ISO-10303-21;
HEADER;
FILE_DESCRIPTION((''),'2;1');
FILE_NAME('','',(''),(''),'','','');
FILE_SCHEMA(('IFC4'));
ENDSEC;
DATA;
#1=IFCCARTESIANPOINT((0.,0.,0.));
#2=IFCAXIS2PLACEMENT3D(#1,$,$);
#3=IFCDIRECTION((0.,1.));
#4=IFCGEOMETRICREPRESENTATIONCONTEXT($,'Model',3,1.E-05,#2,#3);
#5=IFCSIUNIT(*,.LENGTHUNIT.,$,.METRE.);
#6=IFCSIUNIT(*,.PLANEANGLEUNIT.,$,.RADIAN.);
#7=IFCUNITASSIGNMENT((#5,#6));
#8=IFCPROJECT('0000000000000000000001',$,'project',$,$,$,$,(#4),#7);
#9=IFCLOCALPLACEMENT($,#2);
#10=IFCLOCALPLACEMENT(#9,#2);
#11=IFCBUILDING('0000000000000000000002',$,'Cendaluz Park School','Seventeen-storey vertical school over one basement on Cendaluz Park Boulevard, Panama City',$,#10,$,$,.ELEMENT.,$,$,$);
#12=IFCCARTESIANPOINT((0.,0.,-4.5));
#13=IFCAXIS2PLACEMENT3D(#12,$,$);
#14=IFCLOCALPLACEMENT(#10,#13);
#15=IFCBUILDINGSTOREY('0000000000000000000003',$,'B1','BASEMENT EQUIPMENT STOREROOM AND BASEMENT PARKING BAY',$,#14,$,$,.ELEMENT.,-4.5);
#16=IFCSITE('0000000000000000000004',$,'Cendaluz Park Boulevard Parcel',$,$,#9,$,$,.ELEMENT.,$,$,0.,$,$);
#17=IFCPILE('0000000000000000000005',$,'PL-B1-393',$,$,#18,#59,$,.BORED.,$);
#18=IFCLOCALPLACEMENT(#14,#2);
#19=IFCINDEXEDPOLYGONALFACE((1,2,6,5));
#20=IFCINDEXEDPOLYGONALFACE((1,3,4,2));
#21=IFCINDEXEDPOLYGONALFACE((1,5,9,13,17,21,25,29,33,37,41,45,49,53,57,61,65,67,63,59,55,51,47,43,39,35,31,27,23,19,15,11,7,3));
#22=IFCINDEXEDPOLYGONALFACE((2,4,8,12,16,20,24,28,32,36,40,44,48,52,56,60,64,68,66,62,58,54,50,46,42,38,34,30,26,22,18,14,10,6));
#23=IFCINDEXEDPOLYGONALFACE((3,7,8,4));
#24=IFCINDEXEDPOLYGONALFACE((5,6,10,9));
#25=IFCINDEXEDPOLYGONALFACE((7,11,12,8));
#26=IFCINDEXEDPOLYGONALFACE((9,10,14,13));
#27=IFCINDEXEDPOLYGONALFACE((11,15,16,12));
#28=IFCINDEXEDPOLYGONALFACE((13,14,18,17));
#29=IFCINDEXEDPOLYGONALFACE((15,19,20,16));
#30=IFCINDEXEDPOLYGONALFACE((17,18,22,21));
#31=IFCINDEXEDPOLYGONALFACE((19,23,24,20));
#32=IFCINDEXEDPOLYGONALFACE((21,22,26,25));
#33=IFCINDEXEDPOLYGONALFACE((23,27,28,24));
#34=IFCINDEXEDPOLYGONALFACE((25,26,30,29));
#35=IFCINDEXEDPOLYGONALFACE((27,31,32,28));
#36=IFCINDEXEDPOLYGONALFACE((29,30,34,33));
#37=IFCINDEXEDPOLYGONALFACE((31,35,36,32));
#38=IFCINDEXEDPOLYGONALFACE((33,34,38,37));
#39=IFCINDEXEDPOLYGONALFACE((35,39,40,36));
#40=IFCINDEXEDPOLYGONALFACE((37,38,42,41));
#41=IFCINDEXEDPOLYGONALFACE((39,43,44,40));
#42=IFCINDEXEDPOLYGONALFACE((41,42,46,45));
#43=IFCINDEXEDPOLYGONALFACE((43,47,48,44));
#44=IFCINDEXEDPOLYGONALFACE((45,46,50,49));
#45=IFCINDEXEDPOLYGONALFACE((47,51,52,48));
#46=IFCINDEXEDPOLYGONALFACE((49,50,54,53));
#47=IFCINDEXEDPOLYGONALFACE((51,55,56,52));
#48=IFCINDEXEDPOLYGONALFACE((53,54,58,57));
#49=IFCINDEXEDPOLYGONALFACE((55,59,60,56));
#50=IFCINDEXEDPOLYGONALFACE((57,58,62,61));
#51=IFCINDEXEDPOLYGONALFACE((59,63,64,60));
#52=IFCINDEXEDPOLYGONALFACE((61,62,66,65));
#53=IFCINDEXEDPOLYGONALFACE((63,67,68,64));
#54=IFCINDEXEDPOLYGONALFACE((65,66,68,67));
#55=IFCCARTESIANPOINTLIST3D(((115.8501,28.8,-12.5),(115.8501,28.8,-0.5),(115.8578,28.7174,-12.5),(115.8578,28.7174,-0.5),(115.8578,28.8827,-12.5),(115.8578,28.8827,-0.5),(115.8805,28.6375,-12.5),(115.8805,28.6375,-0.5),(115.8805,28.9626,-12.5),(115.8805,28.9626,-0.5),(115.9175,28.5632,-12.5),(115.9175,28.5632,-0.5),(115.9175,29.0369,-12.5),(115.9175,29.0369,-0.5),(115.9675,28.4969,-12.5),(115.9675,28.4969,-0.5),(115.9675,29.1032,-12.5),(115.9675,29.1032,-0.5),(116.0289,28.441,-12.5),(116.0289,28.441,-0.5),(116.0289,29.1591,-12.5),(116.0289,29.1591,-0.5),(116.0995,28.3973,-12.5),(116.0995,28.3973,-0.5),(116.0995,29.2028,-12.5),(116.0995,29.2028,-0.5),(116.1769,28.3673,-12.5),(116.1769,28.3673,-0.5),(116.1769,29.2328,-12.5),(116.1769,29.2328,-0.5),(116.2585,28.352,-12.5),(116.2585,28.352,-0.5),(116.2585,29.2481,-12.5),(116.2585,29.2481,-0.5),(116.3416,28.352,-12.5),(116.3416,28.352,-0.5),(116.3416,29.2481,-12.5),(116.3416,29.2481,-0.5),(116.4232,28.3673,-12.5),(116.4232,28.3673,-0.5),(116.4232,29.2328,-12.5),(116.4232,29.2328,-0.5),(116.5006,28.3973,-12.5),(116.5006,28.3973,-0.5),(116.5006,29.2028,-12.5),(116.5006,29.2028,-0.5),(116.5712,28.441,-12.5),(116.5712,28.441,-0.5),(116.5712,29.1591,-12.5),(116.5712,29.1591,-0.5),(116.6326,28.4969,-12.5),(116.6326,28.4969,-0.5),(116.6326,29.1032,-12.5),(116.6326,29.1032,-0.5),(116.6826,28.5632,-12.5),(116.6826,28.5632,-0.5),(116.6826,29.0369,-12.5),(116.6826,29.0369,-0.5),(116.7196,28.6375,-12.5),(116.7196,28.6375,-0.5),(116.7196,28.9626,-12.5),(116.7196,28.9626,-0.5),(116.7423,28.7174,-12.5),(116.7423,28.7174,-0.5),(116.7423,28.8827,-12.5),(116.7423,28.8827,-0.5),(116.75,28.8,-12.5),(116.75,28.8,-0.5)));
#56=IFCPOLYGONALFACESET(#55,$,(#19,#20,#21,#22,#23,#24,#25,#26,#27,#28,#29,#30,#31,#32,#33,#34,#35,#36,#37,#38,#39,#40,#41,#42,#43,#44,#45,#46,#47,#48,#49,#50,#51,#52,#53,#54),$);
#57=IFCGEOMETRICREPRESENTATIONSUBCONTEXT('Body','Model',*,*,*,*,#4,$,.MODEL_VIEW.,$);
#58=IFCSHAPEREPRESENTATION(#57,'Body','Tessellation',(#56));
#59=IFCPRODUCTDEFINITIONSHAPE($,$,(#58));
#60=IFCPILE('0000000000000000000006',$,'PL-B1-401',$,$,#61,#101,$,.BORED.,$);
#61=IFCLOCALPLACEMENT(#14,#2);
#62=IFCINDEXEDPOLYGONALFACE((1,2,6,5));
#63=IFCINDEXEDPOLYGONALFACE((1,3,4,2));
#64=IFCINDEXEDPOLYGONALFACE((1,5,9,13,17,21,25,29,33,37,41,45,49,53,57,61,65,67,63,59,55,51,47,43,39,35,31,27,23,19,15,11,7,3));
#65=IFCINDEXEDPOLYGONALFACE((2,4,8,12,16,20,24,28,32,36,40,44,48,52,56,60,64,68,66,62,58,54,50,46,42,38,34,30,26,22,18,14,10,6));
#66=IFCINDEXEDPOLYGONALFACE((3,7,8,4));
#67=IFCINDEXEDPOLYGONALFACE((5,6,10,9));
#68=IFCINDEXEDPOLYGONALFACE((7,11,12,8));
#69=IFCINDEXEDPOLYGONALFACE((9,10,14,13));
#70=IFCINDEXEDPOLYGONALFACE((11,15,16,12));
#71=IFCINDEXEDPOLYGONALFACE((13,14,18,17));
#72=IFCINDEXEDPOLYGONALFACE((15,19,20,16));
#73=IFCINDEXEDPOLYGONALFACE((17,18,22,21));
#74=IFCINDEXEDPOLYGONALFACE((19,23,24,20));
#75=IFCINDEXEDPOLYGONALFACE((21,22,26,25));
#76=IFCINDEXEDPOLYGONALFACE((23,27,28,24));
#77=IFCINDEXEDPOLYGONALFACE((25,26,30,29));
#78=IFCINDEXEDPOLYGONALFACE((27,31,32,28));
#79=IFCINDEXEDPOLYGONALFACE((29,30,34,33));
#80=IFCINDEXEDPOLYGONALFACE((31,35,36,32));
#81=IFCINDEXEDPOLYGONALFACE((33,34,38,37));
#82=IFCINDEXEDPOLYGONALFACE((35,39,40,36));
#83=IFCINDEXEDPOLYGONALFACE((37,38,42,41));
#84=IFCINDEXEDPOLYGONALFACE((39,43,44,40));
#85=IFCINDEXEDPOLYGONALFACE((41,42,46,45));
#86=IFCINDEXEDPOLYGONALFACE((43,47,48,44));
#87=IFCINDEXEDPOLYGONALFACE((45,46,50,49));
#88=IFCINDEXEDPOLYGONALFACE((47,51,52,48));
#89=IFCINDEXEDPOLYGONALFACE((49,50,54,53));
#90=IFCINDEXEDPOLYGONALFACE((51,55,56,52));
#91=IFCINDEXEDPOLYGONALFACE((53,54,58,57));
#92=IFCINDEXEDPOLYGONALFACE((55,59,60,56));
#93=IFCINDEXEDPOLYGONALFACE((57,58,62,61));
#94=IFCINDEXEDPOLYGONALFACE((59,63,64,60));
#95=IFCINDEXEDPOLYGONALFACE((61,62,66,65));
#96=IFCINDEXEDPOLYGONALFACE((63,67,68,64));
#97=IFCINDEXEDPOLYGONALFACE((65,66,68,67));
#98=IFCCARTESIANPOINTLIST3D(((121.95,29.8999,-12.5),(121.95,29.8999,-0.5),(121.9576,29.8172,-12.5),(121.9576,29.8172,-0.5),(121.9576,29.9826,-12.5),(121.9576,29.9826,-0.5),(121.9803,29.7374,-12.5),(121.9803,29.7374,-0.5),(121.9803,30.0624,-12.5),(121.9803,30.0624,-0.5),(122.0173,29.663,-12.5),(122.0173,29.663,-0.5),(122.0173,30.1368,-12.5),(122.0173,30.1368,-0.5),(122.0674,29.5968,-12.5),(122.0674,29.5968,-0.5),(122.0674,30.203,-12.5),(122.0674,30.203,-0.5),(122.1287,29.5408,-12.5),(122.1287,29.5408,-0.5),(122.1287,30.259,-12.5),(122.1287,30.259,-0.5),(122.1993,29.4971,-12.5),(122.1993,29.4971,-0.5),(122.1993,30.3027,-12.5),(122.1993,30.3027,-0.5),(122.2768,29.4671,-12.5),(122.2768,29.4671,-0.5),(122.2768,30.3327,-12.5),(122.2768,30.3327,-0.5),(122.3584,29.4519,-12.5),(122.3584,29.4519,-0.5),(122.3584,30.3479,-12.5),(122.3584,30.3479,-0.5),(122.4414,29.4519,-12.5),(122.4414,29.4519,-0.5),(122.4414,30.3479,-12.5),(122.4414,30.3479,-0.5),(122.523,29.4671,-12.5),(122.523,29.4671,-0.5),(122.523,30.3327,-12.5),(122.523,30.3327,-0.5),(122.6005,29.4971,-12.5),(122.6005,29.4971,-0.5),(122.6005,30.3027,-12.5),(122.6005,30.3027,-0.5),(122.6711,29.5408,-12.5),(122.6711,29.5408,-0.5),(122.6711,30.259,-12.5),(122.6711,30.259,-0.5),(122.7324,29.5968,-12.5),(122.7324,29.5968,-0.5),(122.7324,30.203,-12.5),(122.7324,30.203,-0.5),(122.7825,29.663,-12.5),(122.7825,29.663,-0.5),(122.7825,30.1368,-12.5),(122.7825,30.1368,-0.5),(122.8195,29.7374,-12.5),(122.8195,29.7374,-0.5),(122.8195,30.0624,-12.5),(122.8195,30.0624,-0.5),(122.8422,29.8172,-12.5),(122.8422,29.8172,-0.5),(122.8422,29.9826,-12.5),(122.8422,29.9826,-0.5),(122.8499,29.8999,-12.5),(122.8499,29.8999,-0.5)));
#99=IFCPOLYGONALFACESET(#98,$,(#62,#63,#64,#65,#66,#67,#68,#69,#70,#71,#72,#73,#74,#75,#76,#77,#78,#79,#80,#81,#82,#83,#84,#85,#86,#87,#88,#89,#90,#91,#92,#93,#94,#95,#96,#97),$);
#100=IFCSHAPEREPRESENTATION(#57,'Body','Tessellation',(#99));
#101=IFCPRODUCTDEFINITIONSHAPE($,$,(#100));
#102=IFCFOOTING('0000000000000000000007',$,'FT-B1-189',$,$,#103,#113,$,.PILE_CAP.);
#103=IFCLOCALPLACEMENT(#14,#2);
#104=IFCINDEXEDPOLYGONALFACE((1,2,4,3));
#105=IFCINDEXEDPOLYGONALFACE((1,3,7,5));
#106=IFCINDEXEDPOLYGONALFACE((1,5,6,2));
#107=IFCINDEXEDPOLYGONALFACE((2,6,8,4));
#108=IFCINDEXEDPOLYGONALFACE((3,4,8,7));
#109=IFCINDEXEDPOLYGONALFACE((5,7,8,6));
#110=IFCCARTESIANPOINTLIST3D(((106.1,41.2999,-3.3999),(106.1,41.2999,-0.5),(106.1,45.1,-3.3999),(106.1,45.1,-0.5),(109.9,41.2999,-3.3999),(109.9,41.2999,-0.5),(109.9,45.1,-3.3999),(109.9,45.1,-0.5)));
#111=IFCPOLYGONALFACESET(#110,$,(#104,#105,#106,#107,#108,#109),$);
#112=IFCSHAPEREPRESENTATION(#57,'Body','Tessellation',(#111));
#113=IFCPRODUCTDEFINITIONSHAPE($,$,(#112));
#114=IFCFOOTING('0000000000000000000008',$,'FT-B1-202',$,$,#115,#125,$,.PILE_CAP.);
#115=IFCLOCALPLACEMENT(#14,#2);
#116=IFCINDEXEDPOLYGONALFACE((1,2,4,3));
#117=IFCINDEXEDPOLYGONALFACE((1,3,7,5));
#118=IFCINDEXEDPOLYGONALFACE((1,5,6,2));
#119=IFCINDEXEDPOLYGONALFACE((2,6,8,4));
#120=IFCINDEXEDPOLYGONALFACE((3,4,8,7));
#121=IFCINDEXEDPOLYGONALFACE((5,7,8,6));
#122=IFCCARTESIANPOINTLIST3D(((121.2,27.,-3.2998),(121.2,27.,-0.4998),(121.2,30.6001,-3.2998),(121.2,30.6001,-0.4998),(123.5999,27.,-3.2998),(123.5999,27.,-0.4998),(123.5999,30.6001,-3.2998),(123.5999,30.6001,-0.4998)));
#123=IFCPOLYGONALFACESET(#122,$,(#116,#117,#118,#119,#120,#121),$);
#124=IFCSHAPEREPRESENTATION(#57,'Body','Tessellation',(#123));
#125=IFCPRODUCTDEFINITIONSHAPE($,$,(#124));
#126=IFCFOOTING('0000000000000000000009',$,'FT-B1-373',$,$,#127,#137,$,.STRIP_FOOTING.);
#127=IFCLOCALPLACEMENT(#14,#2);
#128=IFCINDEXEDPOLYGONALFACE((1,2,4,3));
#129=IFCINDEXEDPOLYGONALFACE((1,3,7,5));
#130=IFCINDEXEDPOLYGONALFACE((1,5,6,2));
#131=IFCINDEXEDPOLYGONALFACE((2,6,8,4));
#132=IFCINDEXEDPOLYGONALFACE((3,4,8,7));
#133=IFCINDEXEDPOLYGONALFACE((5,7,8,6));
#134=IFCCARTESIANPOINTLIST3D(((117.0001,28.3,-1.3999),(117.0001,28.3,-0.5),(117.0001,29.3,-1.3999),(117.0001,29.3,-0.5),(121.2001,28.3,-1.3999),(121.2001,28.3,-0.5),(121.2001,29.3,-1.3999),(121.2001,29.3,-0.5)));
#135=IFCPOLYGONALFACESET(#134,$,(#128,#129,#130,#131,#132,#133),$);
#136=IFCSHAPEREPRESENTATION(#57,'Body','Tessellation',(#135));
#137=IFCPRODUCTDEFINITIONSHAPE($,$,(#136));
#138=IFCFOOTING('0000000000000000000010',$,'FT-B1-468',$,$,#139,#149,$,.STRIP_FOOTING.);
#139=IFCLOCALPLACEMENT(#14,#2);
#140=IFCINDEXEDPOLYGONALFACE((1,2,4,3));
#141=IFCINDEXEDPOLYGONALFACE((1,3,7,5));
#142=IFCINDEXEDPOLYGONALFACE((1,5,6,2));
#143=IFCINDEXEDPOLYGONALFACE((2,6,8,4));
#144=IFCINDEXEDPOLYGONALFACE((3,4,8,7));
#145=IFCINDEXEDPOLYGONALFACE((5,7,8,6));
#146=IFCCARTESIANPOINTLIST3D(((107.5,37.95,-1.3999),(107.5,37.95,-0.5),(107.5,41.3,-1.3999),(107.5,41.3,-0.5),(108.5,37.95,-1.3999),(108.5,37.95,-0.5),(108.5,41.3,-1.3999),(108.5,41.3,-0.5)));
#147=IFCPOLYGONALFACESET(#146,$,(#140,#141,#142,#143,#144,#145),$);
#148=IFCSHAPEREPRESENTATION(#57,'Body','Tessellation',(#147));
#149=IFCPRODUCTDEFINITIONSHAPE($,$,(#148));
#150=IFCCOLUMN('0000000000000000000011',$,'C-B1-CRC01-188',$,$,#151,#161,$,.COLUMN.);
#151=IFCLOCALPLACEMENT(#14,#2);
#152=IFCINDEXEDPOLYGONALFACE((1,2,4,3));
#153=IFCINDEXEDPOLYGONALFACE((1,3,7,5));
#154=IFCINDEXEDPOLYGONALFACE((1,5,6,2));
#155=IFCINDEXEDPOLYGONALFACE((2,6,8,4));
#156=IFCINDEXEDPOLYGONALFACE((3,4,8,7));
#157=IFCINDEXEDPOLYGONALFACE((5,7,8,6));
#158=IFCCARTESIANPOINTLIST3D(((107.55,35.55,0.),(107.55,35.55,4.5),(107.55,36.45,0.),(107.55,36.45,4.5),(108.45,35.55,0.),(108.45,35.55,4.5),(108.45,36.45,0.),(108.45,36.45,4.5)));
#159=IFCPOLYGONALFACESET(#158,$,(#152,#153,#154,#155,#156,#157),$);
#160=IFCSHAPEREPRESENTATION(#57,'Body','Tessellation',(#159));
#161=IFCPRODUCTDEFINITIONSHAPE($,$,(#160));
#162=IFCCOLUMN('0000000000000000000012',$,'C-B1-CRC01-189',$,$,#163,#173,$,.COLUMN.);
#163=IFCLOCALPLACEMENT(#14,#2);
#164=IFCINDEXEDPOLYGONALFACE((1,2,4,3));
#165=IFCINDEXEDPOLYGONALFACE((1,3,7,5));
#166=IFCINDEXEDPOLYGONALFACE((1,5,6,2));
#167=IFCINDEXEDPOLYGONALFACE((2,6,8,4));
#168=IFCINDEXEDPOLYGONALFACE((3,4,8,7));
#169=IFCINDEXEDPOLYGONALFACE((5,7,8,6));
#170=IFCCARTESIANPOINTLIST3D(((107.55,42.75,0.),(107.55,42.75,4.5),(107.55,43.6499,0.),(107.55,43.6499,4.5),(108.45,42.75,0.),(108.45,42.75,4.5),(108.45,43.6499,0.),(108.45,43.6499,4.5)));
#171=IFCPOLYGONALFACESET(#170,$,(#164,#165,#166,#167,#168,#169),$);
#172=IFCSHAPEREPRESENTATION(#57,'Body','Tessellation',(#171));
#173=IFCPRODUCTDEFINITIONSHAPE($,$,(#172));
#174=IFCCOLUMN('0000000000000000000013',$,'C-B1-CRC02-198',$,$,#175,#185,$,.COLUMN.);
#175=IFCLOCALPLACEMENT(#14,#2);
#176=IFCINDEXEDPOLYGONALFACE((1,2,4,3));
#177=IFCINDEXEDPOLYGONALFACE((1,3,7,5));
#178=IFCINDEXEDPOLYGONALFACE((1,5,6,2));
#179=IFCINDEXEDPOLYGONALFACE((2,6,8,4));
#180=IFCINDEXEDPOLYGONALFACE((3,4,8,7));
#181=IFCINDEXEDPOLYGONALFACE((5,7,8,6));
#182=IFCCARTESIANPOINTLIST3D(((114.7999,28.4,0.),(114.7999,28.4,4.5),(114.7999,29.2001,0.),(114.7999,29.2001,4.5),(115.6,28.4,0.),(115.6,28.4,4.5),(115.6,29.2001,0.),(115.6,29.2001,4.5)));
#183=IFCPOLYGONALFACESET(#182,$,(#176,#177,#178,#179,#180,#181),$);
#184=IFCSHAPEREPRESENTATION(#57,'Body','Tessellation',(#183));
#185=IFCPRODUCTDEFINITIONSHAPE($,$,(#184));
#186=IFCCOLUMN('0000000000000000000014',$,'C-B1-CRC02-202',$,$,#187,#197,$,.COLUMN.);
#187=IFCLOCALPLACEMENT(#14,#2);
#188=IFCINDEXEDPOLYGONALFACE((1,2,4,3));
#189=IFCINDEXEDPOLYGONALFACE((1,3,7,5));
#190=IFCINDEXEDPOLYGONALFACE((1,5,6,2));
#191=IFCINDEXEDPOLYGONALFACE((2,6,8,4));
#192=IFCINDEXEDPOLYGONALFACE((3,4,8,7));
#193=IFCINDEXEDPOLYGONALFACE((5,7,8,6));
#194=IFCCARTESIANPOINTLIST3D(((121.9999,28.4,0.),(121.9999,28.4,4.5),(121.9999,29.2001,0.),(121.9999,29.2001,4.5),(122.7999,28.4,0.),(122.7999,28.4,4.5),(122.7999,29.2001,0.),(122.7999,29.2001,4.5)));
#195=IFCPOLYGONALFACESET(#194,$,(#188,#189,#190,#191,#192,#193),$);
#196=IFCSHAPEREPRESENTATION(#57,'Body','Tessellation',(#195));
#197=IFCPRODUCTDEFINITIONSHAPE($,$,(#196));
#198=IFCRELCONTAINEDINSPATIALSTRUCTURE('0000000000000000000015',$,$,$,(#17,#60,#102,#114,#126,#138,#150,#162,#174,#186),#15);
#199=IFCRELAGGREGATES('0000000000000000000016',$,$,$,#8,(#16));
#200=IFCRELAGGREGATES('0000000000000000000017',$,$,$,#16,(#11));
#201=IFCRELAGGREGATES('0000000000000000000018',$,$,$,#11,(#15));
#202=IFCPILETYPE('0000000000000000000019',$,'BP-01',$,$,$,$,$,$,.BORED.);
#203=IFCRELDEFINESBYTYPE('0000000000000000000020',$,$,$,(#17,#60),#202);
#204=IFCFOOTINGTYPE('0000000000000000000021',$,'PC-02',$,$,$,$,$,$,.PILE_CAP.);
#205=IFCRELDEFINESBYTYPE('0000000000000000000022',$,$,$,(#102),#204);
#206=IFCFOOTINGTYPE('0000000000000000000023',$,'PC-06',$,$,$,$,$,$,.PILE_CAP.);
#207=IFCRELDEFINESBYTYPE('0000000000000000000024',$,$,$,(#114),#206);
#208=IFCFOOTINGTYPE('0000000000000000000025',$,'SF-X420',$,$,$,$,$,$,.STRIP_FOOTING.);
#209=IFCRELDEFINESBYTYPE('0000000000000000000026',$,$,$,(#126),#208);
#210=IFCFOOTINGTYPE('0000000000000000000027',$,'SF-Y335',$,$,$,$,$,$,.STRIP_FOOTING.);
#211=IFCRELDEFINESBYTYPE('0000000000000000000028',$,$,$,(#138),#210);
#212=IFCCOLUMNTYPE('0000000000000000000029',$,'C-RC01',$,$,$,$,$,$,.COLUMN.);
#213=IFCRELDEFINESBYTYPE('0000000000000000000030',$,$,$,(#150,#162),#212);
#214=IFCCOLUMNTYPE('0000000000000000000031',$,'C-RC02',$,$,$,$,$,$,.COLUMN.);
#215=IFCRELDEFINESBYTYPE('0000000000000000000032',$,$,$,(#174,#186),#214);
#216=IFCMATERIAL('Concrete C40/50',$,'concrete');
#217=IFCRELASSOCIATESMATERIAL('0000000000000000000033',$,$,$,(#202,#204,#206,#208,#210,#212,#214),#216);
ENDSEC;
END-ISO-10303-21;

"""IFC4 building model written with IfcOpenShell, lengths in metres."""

from ifc_helpers import new_model, si_unit, direction, frame, origin, origin_2d, place, context, subcontext, project, spatial, rectangle, circle, extrude, material, material_profile, profile_set, type_object, element, save


model = new_model("IFC4")

# Units and contexts
model_context = context("Model", 3, precision=1e-05, world=origin(), true_north=direction((0.0, 1.0)))
body_context = subcontext(model_context, "Body", "Model", "MODEL_VIEW")
ifc_project = project(units=[si_unit("LENGTHUNIT", "METRE"), si_unit("PLANEANGLEUNIT", "RADIAN")], contexts=[model_context])

# Site, building, storey
site_placement = place(None, origin())
site = spatial("IfcSite", under=ifc_project, at=site_placement, Name="Cendaluz Park Boulevard Parcel", CompositionType="ELEMENT", RefElevation=0.0)
building_placement = place(site_placement, origin())
building = spatial("IfcBuilding", under=site, at=building_placement, Name="Cendaluz Park School", Description="Seventeen-storey vertical school over one basement on Cendaluz Park Boulevard, Panama City", CompositionType="ELEMENT")
storey_placement = place(building_placement, frame((0.0, 0.0, -4.5)))
storey = spatial("IfcBuildingStorey", under=building, at=storey_placement, Name="B1", Description="BASEMENT EQUIPMENT STOREROOM AND BASEMENT PARKING BAY", CompositionType="ELEMENT", Elevation=-4.5)

# Piles
ifc_material = material(Name="Concrete C40/50", Category="concrete")
ifc_material_profile_1 = material_profile(ifc_material, circle(Radius=0.45, at=origin_2d()), Name="BP D900", Category="concrete")
ifc_profile_set_1 = profile_set([ifc_material_profile_1], Name="Concrete C40/50")
pile_type = type_object("IfcPileType", Name="BP-01", PredefinedType="BORED", material=ifc_profile_set_1)
for number, where, z_axis, x_axis, name in (
    (1, (116.3, 28.8, -0.5), (0.0, 0.0, -1.0), (1.0, 0.0, 0.0), "PL-B1-393"),
    (2, (122.3999, 29.8999, -0.5), (0.0, 0.0, -1.0), (1.0, 0.0, 0.0), "PL-B1-401"),
):
    element("IfcPile", number, at=place(storey_placement, frame(where, z_axis=z_axis, x_axis=x_axis)), inside=storey, type_object=pile_type, Name=name, PredefinedType="BORED", context=body_context, shape_type="SweptSolid", body=[
        extrude(circle(Radius=0.45, at=origin_2d()), origin(), (0.0, 0.0, 1.0), 12.0),
    ])

# Footings
footing_type_1 = type_object("IfcFootingType", Name="PC-02", PredefinedType="PILE_CAP", material=ifc_material)
footing_1_placement = place(storey_placement, frame((108.0, 43.2, -3.3999), z_axis=(0.0, 0.0, 1.0), x_axis=(1.0, 0.0, 0.0)))
element("IfcFooting", 3, at=footing_1_placement, inside=storey, type_object=footing_type_1, Name="FT-B1-189", PredefinedType="PILE_CAP", context=body_context, shape_type="SweptSolid", body=[
    extrude(rectangle(XDim=3.8, YDim=3.8, at=origin_2d()), origin(), (0.0, 0.0, 1.0), 2.8999),
])
footing_type_2 = type_object("IfcFootingType", Name="PC-06", PredefinedType="PILE_CAP", material=ifc_material)
footing_2_placement = place(storey_placement, frame((122.3999, 28.8, -3.2998), z_axis=(0.0, 0.0, 1.0), x_axis=(1.0, 0.0, 0.0)))
element("IfcFooting", 4, at=footing_2_placement, inside=storey, type_object=footing_type_2, Name="FT-B1-202", PredefinedType="PILE_CAP", context=body_context, shape_type="SweptSolid", body=[
    extrude(rectangle(XDim=2.3999, YDim=3.6001, at=origin_2d()), origin(), (0.0, 0.0, 1.0), 2.8),
])
footing_type_3 = type_object("IfcFootingType", Name="SF-X420", PredefinedType="STRIP_FOOTING", material=ifc_material)
footing_3_placement = place(storey_placement, frame((119.1001, 28.8, -1.3999), z_axis=(0.0, 0.0, 1.0), x_axis=(1.0, 0.0, 0.0)))
element("IfcFooting", 5, at=footing_3_placement, inside=storey, type_object=footing_type_3, Name="FT-B1-373", PredefinedType="STRIP_FOOTING", context=body_context, shape_type="SweptSolid", body=[
    extrude(rectangle(XDim=4.2, YDim=1.0, at=origin_2d()), origin(), (0.0, 0.0, 1.0), 0.8999),
])
footing_type_4 = type_object("IfcFootingType", Name="SF-Y335", PredefinedType="STRIP_FOOTING", material=ifc_material)
footing_4_placement = place(storey_placement, frame((108.0, 39.625, -1.3999), z_axis=(0.0, 0.0, 1.0), x_axis=(1.0, 0.0, 0.0)))
element("IfcFooting", 6, at=footing_4_placement, inside=storey, type_object=footing_type_4, Name="FT-B1-468", PredefinedType="STRIP_FOOTING", context=body_context, shape_type="SweptSolid", body=[
    extrude(rectangle(XDim=1.0, YDim=3.3501, at=origin_2d()), origin(), (0.0, 0.0, 1.0), 0.8999),
])

# Columns
ifc_material_profile_2 = material_profile(ifc_material, rectangle(XDim=0.8999, YDim=0.8999, at=origin_2d()), Name="RC 900x900", Category="concrete")
ifc_profile_set_2 = profile_set([ifc_material_profile_2], Name="Concrete C40/50")
column_type_1 = type_object("IfcColumnType", Name="C-RC01", PredefinedType="COLUMN", material=ifc_profile_set_2)
for number, where, z_axis, x_axis, name in (
    (7, (108.0, 36.0, 0.0), (0.0, 0.0, 1.0), (1.0, 0.0, 0.0), "C-B1-CRC01-188"),
    (8, (108.0, 43.2, 0.0), (0.0, 0.0, 1.0), (1.0, 0.0, 0.0), "C-B1-CRC01-189"),
):
    element("IfcColumn", number, at=place(storey_placement, frame(where, z_axis=z_axis, x_axis=x_axis)), inside=storey, type_object=column_type_1, Name=name, PredefinedType="COLUMN", context=body_context, shape_type="SweptSolid", body=[
        extrude(rectangle(XDim=0.8999, YDim=0.8999, at=origin_2d()), origin(), (0.0, 0.0, 1.0), 4.5),
    ])
ifc_material_profile_3 = material_profile(ifc_material, rectangle(XDim=0.8, YDim=0.8, at=origin_2d()), Name="RC 800x800", Category="concrete")
ifc_profile_set_3 = profile_set([ifc_material_profile_3], Name="Concrete C40/50")
column_type_2 = type_object("IfcColumnType", Name="C-RC02", PredefinedType="COLUMN", material=ifc_profile_set_3)
for number, where, z_axis, x_axis, name in (
    (9, (115.2, 28.8, 0.0), (0.0, 0.0, 1.0), (1.0, 0.0, 0.0), "C-B1-CRC02-198"),
    (10, (122.3999, 28.8, 0.0), (0.0, 0.0, 1.0), (1.0, 0.0, 0.0), "C-B1-CRC02-202"),
):
    element("IfcColumn", number, at=place(storey_placement, frame(where, z_axis=z_axis, x_axis=x_axis)), inside=storey, type_object=column_type_2, Name=name, PredefinedType="COLUMN", context=body_context, shape_type="SweptSolid", body=[
        extrude(rectangle(XDim=0.8, YDim=0.8, at=origin_2d()), origin(), (0.0, 0.0, 1.0), 4.5),
    ])

save(model, "model.ifc")
